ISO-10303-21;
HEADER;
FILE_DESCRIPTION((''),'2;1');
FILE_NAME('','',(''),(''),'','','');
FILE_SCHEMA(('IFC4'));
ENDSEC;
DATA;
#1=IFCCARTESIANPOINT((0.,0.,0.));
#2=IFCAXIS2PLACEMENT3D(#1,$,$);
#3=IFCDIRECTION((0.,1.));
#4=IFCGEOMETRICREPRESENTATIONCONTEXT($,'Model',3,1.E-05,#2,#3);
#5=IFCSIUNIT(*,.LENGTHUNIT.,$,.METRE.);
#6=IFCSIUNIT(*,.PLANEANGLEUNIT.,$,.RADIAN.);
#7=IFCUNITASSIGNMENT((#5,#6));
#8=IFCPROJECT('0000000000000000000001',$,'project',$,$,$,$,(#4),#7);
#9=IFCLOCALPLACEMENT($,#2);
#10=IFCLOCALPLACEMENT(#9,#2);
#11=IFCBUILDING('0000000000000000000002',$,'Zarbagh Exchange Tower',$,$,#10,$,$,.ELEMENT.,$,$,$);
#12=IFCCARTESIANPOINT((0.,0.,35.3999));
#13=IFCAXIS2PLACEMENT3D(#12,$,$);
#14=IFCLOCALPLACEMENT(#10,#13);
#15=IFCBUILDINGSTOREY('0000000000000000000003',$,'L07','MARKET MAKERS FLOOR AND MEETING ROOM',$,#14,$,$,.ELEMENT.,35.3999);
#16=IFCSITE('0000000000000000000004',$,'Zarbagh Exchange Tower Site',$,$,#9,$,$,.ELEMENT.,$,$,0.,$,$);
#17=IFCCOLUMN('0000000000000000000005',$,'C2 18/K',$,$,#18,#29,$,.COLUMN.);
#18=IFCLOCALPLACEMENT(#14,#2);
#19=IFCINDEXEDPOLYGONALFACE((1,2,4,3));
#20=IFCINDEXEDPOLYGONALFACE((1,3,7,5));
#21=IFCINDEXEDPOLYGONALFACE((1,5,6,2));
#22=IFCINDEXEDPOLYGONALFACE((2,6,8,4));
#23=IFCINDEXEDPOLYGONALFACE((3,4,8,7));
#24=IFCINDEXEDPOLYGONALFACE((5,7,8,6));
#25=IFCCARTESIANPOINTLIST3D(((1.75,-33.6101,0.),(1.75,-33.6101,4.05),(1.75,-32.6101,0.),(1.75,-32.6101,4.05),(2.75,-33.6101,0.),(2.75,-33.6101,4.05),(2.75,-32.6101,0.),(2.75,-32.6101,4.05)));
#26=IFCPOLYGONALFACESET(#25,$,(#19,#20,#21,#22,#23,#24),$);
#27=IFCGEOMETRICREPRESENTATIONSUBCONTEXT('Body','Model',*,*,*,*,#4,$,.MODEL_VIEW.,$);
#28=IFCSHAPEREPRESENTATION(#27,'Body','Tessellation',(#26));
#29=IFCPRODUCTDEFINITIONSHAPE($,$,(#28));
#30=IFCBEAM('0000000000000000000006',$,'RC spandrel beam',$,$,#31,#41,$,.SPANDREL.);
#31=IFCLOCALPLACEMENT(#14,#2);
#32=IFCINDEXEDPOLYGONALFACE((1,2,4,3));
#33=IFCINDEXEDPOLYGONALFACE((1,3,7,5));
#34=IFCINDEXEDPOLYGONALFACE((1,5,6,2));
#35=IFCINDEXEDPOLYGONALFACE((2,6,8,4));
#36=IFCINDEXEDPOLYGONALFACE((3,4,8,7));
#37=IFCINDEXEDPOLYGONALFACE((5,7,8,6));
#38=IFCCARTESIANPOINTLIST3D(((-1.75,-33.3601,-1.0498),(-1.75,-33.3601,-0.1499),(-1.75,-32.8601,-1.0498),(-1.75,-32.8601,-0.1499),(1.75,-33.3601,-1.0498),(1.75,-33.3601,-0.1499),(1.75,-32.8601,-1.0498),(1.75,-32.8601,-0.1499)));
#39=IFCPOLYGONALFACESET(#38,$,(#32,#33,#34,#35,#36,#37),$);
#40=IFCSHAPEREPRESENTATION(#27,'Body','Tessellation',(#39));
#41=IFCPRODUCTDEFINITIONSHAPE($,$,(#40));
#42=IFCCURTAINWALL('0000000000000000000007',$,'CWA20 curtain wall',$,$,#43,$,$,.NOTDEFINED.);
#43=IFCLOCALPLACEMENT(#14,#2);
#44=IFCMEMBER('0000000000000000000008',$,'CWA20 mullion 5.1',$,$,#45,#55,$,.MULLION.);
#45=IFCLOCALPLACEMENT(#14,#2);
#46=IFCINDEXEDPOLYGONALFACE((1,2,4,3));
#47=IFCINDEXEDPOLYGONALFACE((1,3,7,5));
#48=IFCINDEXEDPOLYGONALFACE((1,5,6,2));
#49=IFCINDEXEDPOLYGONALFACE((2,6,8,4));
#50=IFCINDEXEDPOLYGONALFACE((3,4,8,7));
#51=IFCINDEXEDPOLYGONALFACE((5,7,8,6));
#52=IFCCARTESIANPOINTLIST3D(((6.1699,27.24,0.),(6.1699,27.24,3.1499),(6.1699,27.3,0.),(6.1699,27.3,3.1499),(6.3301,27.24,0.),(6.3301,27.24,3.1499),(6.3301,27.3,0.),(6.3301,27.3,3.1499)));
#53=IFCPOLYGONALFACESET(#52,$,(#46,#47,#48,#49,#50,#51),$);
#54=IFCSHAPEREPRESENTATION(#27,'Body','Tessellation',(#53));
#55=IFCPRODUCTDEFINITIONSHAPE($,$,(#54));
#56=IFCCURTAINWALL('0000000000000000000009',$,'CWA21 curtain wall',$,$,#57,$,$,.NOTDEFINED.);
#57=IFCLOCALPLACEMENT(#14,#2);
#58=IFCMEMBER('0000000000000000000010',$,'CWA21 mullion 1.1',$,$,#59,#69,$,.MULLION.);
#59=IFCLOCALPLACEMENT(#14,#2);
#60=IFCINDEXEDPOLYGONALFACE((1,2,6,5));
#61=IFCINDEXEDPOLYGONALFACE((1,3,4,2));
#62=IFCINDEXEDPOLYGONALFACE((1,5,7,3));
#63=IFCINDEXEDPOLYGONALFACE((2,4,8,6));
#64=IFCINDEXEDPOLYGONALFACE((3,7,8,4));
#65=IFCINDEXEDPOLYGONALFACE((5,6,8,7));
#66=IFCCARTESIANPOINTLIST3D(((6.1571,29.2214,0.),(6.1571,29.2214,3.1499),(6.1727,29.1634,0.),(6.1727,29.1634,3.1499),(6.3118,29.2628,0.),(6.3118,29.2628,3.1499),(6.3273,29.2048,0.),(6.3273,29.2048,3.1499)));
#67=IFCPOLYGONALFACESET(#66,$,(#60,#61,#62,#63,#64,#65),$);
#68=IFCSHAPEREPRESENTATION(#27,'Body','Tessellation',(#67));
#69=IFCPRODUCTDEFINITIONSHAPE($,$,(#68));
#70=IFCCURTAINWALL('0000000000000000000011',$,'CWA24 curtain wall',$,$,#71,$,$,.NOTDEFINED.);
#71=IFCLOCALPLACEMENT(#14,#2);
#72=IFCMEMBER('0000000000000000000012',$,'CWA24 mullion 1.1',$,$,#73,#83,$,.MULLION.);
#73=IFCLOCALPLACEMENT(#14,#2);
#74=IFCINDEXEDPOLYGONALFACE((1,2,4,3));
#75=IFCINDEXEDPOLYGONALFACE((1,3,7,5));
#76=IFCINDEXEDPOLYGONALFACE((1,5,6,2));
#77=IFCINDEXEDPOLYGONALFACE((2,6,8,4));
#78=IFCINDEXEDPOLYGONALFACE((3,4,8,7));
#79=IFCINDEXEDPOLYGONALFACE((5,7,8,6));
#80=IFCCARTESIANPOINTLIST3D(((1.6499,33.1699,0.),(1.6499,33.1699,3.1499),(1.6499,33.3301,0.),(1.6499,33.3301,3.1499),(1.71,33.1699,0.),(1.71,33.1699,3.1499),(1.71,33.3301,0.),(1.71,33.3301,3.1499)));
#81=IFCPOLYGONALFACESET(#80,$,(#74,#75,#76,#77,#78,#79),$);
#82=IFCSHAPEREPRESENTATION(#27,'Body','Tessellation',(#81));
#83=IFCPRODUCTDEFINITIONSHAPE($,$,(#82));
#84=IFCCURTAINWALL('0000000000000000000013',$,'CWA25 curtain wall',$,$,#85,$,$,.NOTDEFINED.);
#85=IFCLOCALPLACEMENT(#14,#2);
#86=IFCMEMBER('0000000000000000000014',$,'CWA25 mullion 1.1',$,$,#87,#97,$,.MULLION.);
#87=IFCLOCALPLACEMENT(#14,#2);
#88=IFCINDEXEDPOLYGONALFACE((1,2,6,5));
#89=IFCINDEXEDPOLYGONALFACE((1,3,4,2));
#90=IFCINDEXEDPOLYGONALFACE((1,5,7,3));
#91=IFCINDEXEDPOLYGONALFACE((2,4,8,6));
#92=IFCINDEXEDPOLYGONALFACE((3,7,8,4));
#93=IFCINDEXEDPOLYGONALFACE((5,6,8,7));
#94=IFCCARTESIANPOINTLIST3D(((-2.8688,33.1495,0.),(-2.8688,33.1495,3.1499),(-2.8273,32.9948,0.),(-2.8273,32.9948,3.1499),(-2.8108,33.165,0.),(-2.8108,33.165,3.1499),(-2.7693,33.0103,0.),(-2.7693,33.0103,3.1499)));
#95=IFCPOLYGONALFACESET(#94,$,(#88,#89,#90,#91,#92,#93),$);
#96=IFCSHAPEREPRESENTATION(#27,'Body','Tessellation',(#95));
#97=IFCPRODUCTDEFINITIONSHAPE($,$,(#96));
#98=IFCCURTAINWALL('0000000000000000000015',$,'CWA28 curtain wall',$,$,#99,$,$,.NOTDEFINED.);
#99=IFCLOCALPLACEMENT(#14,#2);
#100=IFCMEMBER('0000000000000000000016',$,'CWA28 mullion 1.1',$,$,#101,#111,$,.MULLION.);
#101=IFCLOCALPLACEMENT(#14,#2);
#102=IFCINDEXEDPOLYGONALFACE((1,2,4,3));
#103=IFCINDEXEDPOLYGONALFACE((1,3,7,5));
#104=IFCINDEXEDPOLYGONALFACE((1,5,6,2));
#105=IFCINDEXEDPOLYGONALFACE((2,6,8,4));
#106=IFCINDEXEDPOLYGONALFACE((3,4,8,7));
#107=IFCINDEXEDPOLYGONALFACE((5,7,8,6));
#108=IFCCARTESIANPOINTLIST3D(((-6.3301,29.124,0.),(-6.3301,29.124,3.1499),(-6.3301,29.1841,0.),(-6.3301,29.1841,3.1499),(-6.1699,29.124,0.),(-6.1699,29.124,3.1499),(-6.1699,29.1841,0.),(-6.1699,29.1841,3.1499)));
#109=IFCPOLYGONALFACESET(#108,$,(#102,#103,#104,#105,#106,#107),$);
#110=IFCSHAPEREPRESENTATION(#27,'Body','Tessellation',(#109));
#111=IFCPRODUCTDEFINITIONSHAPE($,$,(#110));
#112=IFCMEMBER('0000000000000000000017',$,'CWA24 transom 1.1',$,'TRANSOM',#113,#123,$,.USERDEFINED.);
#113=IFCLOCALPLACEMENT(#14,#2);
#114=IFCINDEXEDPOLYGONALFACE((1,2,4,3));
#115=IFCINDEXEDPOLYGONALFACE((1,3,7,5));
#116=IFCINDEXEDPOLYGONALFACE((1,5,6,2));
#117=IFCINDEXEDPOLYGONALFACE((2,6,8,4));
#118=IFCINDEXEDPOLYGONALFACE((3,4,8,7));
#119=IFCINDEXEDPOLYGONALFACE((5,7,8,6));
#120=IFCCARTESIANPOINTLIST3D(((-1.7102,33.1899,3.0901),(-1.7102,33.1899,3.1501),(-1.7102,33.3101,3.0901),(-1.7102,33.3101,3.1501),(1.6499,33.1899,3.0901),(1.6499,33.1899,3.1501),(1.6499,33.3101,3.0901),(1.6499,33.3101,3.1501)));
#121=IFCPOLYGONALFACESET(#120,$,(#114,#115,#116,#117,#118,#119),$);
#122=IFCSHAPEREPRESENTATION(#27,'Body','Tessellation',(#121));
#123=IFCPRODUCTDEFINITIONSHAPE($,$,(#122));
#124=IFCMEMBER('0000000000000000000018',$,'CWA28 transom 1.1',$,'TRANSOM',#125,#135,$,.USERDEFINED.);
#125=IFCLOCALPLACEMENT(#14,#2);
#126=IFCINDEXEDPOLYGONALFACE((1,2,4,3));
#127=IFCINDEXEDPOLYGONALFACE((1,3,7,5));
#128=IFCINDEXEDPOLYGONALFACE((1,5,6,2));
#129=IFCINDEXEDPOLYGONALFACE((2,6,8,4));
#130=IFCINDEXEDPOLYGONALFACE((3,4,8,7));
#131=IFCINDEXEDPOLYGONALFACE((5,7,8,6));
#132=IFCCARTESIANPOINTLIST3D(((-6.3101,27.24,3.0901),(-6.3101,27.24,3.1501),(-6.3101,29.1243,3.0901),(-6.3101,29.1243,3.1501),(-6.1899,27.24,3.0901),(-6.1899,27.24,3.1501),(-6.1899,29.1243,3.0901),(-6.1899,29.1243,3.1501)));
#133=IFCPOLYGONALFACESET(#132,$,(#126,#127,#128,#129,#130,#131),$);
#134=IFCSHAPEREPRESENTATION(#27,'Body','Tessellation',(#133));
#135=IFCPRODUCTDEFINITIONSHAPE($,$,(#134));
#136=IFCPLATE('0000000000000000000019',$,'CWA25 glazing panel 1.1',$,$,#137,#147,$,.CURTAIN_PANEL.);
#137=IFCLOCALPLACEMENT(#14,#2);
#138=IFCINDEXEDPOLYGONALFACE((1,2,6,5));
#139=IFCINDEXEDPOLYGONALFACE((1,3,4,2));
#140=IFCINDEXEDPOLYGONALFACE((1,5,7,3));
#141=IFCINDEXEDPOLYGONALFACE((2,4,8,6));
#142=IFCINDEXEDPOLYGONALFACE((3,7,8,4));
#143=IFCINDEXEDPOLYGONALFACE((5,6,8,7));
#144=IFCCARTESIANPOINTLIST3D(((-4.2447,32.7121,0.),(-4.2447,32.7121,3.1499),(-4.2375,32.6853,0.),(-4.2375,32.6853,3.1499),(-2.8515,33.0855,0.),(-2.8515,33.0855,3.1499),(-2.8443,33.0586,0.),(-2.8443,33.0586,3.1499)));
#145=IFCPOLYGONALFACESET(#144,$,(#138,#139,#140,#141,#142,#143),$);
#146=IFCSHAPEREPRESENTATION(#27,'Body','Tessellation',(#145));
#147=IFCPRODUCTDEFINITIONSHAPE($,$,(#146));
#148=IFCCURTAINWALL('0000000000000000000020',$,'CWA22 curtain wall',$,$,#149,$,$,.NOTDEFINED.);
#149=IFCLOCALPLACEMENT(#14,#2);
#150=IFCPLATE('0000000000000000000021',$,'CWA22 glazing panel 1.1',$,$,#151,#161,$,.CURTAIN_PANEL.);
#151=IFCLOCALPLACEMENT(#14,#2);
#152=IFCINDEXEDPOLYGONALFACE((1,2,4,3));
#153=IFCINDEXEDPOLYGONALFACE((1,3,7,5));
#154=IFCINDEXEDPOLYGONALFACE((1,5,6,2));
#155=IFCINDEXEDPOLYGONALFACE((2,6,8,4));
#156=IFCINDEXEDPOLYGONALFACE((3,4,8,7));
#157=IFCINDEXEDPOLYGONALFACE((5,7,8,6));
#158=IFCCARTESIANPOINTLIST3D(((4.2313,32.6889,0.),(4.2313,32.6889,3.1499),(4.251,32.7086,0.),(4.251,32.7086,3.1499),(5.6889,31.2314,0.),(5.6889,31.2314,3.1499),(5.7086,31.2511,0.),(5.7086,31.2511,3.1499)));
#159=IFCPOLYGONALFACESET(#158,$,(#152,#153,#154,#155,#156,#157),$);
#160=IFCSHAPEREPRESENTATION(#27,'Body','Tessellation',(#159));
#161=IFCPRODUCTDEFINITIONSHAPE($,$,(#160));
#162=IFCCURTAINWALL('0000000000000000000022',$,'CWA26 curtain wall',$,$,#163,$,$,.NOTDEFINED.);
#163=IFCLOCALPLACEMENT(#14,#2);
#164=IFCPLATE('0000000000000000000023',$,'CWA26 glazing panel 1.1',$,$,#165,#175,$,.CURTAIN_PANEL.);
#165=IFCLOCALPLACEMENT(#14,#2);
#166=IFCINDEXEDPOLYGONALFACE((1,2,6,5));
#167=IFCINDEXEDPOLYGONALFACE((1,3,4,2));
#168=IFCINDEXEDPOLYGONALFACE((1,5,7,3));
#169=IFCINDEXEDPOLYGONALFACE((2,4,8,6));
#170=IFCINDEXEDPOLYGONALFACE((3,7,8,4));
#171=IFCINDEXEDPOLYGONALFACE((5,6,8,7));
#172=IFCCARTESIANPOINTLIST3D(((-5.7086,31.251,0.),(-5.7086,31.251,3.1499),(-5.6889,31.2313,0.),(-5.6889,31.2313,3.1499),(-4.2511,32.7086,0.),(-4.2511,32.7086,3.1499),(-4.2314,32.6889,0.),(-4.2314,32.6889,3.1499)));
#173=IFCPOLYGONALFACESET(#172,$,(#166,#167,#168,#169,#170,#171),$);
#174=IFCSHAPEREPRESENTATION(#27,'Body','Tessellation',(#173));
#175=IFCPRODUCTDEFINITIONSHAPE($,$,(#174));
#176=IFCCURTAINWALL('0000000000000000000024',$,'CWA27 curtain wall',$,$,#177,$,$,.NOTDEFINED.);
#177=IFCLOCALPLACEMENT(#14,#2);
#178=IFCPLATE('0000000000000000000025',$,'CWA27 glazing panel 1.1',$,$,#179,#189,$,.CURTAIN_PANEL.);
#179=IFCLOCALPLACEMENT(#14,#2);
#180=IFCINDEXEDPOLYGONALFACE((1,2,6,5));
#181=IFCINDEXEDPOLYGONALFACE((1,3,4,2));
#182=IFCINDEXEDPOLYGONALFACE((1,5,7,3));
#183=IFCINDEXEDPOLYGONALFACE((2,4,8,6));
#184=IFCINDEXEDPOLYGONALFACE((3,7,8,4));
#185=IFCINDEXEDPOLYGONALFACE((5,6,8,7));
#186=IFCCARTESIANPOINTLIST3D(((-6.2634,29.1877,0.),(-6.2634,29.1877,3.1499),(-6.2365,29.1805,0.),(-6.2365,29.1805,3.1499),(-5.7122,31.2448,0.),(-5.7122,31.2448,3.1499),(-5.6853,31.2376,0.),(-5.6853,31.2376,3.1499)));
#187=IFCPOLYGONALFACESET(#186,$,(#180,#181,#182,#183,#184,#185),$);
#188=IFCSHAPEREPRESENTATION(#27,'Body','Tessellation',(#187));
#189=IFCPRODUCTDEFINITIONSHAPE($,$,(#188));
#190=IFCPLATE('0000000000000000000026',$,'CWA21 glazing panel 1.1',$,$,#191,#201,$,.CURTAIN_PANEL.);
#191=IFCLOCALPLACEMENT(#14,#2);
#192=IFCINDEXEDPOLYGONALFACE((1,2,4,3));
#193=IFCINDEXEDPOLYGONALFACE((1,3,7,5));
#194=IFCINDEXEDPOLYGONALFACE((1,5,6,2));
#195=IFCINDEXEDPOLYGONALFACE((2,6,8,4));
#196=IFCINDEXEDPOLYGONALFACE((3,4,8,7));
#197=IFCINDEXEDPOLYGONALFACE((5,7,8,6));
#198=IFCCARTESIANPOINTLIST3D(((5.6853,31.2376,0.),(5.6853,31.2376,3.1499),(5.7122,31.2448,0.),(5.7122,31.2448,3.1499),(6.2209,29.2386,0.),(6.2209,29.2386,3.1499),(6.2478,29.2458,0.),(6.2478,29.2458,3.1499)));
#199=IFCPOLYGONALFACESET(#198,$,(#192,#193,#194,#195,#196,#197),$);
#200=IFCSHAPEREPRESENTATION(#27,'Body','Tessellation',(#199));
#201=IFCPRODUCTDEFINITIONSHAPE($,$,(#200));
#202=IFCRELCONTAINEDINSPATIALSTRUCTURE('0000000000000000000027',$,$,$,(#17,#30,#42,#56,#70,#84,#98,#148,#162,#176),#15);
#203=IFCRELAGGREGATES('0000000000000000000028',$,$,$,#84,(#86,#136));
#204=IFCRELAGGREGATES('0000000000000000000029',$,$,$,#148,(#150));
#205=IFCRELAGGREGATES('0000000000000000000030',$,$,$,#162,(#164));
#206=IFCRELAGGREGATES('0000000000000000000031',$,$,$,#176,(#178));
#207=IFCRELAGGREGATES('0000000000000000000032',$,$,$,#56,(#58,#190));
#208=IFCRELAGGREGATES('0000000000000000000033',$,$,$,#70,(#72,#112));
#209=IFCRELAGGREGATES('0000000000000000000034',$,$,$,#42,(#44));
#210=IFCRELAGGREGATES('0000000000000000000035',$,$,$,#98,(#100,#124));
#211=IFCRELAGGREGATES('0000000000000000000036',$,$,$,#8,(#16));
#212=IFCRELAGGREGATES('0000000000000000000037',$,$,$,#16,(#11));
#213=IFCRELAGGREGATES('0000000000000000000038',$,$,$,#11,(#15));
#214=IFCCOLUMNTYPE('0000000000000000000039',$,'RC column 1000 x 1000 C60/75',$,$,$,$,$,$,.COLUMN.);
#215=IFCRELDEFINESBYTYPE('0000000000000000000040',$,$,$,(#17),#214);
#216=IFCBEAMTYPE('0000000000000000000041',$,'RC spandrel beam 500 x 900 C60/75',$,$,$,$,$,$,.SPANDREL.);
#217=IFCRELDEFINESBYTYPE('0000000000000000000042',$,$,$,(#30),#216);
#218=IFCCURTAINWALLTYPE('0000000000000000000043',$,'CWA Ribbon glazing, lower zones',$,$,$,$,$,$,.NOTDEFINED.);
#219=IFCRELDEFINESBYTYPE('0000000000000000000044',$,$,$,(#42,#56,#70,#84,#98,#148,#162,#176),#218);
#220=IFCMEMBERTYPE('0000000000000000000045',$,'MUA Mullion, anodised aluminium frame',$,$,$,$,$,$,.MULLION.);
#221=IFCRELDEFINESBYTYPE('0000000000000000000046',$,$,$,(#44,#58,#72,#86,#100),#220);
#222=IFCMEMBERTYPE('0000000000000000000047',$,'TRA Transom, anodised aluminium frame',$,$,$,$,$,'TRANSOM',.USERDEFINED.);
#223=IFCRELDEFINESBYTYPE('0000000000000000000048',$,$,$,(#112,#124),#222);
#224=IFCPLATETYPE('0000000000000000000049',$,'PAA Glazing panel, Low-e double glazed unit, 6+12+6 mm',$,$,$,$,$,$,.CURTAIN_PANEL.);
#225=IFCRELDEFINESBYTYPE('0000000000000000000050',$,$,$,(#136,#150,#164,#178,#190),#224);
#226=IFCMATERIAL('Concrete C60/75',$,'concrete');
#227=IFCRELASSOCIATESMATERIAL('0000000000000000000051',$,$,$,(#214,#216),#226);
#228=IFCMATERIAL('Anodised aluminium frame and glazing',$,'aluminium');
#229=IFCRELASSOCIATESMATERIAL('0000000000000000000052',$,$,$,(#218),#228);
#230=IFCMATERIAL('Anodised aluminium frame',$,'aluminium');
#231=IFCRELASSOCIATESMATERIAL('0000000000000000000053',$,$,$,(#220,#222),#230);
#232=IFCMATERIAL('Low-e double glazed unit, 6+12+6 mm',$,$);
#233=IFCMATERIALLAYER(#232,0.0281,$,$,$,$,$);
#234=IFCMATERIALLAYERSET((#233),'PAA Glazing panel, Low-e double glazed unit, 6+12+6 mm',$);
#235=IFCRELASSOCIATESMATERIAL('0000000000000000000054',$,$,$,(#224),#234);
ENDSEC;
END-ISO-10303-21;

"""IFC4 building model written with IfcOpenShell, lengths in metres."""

from ifc_helpers import new_model, si_unit, direction, frame, origin, origin_2d, place, context, subcontext, project, spatial, polyline, rectangle, outline, extrude, source, transform, mapped, material, layer, layer_set, material_profile, profile_set, type_object, element, aggregate, save


model = new_model("IFC4")

# Units and contexts
model_context = context("Model", 3, precision=1e-05, world=origin(), true_north=direction((0.0, 1.0)))
body_context = subcontext(model_context, "Body", "Model", "MODEL_VIEW")
ifc_project = project(units=[si_unit("LENGTHUNIT", "METRE"), si_unit("PLANEANGLEUNIT", "RADIAN")], contexts=[model_context])

# Site, building, storey
site_placement = place(None, origin())
site = spatial("IfcSite", under=ifc_project, at=site_placement, Name="Zarbagh Exchange Tower Site", CompositionType="ELEMENT", RefElevation=0.0)
building_placement = place(site_placement, origin())
building = spatial("IfcBuilding", under=site, at=building_placement, Name="Zarbagh Exchange Tower", CompositionType="ELEMENT")
storey_placement = place(building_placement, frame((0.0, 0.0, 35.3999)))
storey = spatial("IfcBuildingStorey", under=building, at=storey_placement, Name="L07", Description="MARKET MAKERS FLOOR AND MEETING ROOM", CompositionType="ELEMENT", Elevation=35.3999)

# Column
ifc_material_1 = material(Name="Concrete C60/75", Category="concrete")
ifc_material_profile_1 = material_profile(ifc_material_1, rectangle(XDim=1.0, YDim=1.0, at=origin_2d()), Name="RC column 1000 x 1000 C60/75")
ifc_profile_set_1 = profile_set([ifc_material_profile_1], Name="Concrete C60/75")
column_type = type_object("IfcColumnType", Name="RC column 1000 x 1000 C60/75", PredefinedType="COLUMN", material=ifc_profile_set_1)
column_placement = place(storey_placement, frame((2.25, -33.1101, 0.0), z_axis=(0.0, 0.0, 1.0), x_axis=(1.0, 0.0, 0.0)))
element("IfcColumn", 1, at=column_placement, inside=storey, type_object=column_type, Name="C2 18/K", PredefinedType="COLUMN", context=body_context, shape_type="SweptSolid", body=[
    extrude(rectangle(XDim=1.0, YDim=1.0, at=origin_2d()), origin(), (0.0, 0.0, 1.0), 4.05),
])

# Beam
ifc_material_profile_2 = material_profile(ifc_material_1, rectangle(XDim=0.5, YDim=0.8999, at=origin_2d()), Name="RC spandrel beam 500 x 900 C60/75")
ifc_profile_set_2 = profile_set([ifc_material_profile_2], Name="Concrete C60/75")
beam_type = type_object("IfcBeamType", Name="RC spandrel beam 500 x 900 C60/75", PredefinedType="SPANDREL", material=ifc_profile_set_2)
beam_placement = place(storey_placement, frame((1.75, -33.1101, -0.5999), z_axis=(-1.0, 0.0, 0.0), x_axis=(0.0, -1.0, 0.0)))
element("IfcBeam", 2, at=beam_placement, inside=storey, type_object=beam_type, Name="RC spandrel beam", PredefinedType="SPANDREL", context=body_context, shape_type="SweptSolid", body=[
    extrude(rectangle(XDim=0.5, YDim=0.8999, at=origin_2d()), origin(), (0.0, 0.0, 1.0), 3.5),
])

# Curtain walls, members
ifc_material_2 = material(Name="Anodised aluminium frame and glazing", Category="aluminium")
curtain_wall_type = type_object("IfcCurtainWallType", Name="CWA Ribbon glazing, lower zones", PredefinedType="NOTDEFINED", material=ifc_material_2)
curtain_wall_1_placement = place(storey_placement, origin())
curtain_wall_1 = element("IfcCurtainWall", 3, at=curtain_wall_1_placement, inside=storey, type_object=curtain_wall_type, Name="CWA20 curtain wall", PredefinedType="NOTDEFINED")
ifc_material_3 = material(Name="Anodised aluminium frame", Category="aluminium")
member_type_1 = type_object("IfcMemberType", Name="MUA Mullion, anodised aluminium frame", PredefinedType="MULLION", material=ifc_material_3)
shared_shape_1 = source(origin(), body_context, "Body", "SweptSolid", [
    extrude(outline(polyline([(0.0, -0.0801), (0.0601, -0.0801), (0.0601, 0.0801), (0.0, 0.0801), (0.0, -0.0801)])), origin(), (0.0, 0.0, 1.0), 3.1499),
])
placement = place(storey_placement, origin())
member_1 = element("IfcMember", 4, at=placement, type_object=member_type_1, Name="CWA20 mullion 5.1", PredefinedType="MULLION", context=body_context, shape_type="MappedRepresentation", body=[
    mapped(shared_shape_1, transform((6.25, 27.24, 0.0), x_axis=(0.0, 1.0, 0.0), y_axis=(-1.0, 0.0, 0.0), z_axis=(0.0, 0.0, 1.0))),
])
curtain_wall_2_placement = place(storey_placement, origin())
curtain_wall_2 = element("IfcCurtainWall", 5, at=curtain_wall_2_placement, inside=storey, type_object=curtain_wall_type, Name="CWA21 curtain wall", PredefinedType="NOTDEFINED")
member_2 = element("IfcMember", 6, at=placement, type_object=member_type_1, Name="CWA21 mullion 1.1", PredefinedType="MULLION", context=body_context, shape_type="MappedRepresentation", body=[
    mapped(shared_shape_1, transform((6.25, 29.1841, 0.0), x_axis=(-0.258825, 0.965924, 0.0), y_axis=(-0.965924, -0.258825, 0.0), z_axis=(0.0, 0.0, 1.0))),
])
curtain_wall_3_placement = place(storey_placement, origin())
curtain_wall_3 = element("IfcCurtainWall", 7, at=curtain_wall_3_placement, inside=storey, type_object=curtain_wall_type, Name="CWA24 curtain wall", PredefinedType="NOTDEFINED")
member_3 = element("IfcMember", 8, at=placement, type_object=member_type_1, Name="CWA24 mullion 1.1", PredefinedType="MULLION", context=body_context, shape_type="MappedRepresentation", body=[
    mapped(shared_shape_1, transform((1.71, 33.25, 0.0), x_axis=(-1.0, 0.0, 0.0), y_axis=(0.0, -1.0, 0.0), z_axis=(0.0, 0.0, 1.0))),
])
curtain_wall_4_placement = place(storey_placement, origin())
curtain_wall_4 = element("IfcCurtainWall", 9, at=curtain_wall_4_placement, inside=storey, type_object=curtain_wall_type, Name="CWA25 curtain wall", PredefinedType="NOTDEFINED")
member_4 = element("IfcMember", 10, at=placement, type_object=member_type_1, Name="CWA25 mullion 1.1", PredefinedType="MULLION", context=body_context, shape_type="MappedRepresentation", body=[
    mapped(shared_shape_1, transform((-2.79, 33.0876, 0.0), x_axis=(-0.965924, -0.258825, 0.0), y_axis=(0.258825, -0.965924, 0.0), z_axis=(0.0, 0.0, 1.0))),
])
curtain_wall_5_placement = place(storey_placement, origin())
curtain_wall_5 = element("IfcCurtainWall", 11, at=curtain_wall_5_placement, inside=storey, type_object=curtain_wall_type, Name="CWA28 curtain wall", PredefinedType="NOTDEFINED")
member_5 = element("IfcMember", 12, at=placement, type_object=member_type_1, Name="CWA28 mullion 1.1", PredefinedType="MULLION", context=body_context, shape_type="MappedRepresentation", body=[
    mapped(shared_shape_1, transform((-6.25, 29.1841, 0.0), x_axis=(0.0, -1.0, 0.0), y_axis=(1.0, 0.0, 0.0), z_axis=(0.0, 0.0, 1.0))),
])

# Members
member_type_2 = type_object("IfcMemberType", Name="TRA Transom, anodised aluminium frame", ElementType="TRANSOM", PredefinedType="USERDEFINED", material=ifc_material_3)
shared_shape_2 = source(origin(), body_context, "Body", "SweptSolid", [
    extrude(outline(polyline([(-0.0601, -0.0601), (0.0, -0.0601), (0.0, 0.0601), (-0.0601, 0.0601), (-0.0601, -0.0601)])), origin(), (0.0, 0.0, 1.0), 3.3601),
])
member_6 = element("IfcMember", 13, at=placement, type_object=member_type_2, Name="CWA24 transom 1.1", ObjectType="TRANSOM", PredefinedType="USERDEFINED", context=body_context, shape_type="MappedRepresentation", body=[
    mapped(shared_shape_2, transform((1.6499, 33.25, 3.1501), x_axis=(0.0, 0.0, 1.0), y_axis=(0.0, 1.0, 0.0), z_axis=(-1.0, 0.0, 0.0))),
])
shared_shape_3 = source(origin(), body_context, "Body", "SweptSolid", [
    extrude(outline(polyline([(-0.0601, -0.0601), (0.0, -0.0601), (0.0, 0.0601), (-0.0601, 0.0601), (-0.0601, -0.0601)])), origin(), (0.0, 0.0, 1.0), 1.8843),
])
member_7 = element("IfcMember", 14, at=placement, type_object=member_type_2, Name="CWA28 transom 1.1", ObjectType="TRANSOM", PredefinedType="USERDEFINED", context=body_context, shape_type="MappedRepresentation", body=[
    mapped(shared_shape_3, transform((-6.25, 29.1243, 3.1501), x_axis=(0.0, 0.0, 1.0), y_axis=(-1.0, 0.0, 0.0), z_axis=(0.0, -1.0, 0.0))),
])

# Plate
ifc_material_4 = material(Name="Low-e double glazed unit, 6+12+6 mm")
ifc_layer_1 = layer(ifc_material_4, 0.0281)
ifc_layer_set_1 = layer_set([ifc_layer_1], Name="PAA Glazing panel, Low-e double glazed unit, 6+12+6 mm")
plate_type = type_object("IfcPlateType", Name="PAA Glazing panel, Low-e double glazed unit, 6+12+6 mm", PredefinedType="CURTAIN_PANEL", material=ifc_layer_set_1)
shared_shape_4 = source(origin(), body_context, "Body", "SweptSolid", [
    extrude(outline(polyline([(0.0, -0.0139), (1.4424, -0.0139), (1.4424, 0.0139), (0.0, 0.0139), (0.0, -0.0139)])), origin(), (0.0, 0.0, 1.0), 3.1499),
])
plate_1 = element("IfcPlate", 15, at=placement, type_object=plate_type, Name="CWA25 glazing panel 1.1", PredefinedType="CURTAIN_PANEL", context=body_context, shape_type="MappedRepresentation", body=[
    mapped(shared_shape_4, transform((-2.8479, 33.072, 0.0), x_axis=(-0.965924, -0.258825, 0.0), y_axis=(0.258825, -0.965924, 0.0), z_axis=(0.0, 0.0, 1.0))),
])
aggregate(curtain_wall_4, [member_4, plate_1])

# Curtain walls, plates
curtain_wall_6_placement = place(storey_placement, origin())
curtain_wall_6 = element("IfcCurtainWall", 16, at=curtain_wall_6_placement, inside=storey, type_object=curtain_wall_type, Name="CWA22 curtain wall", PredefinedType="NOTDEFINED")
shared_shape_5 = source(origin(), body_context, "Body", "SweptSolid", [
    extrude(outline(polyline([(0.0, -0.0139), (2.0613, -0.0139), (2.0613, 0.0139), (0.0, 0.0139), (0.0, -0.0139)])), origin(), (0.0, 0.0, 1.0), 3.1499),
])
plate_2 = element("IfcPlate", 17, at=placement, type_object=plate_type, Name="CWA22 glazing panel 1.1", PredefinedType="CURTAIN_PANEL", context=body_context, shape_type="MappedRepresentation", body=[
    mapped(shared_shape_5, transform((5.6987, 31.2412, 0.0), x_axis=(-0.707107, 0.707107, 0.0), y_axis=(-0.707107, -0.707107, 0.0), z_axis=(0.0, 0.0, 1.0))),
])
aggregate(curtain_wall_6, [plate_2])
curtain_wall_7_placement = place(storey_placement, origin())
curtain_wall_7 = element("IfcCurtainWall", 18, at=curtain_wall_7_placement, inside=storey, type_object=curtain_wall_type, Name="CWA26 curtain wall", PredefinedType="NOTDEFINED")
plate_3 = element("IfcPlate", 19, at=placement, type_object=plate_type, Name="CWA26 glazing panel 1.1", PredefinedType="CURTAIN_PANEL", context=body_context, shape_type="MappedRepresentation", body=[
    mapped(shared_shape_5, transform((-4.2412, 32.6987, 0.0), x_axis=(-0.707107, -0.707107, 0.0), y_axis=(0.707107, -0.707107, 0.0), z_axis=(0.0, 0.0, 1.0))),
])
aggregate(curtain_wall_7, [plate_3])
curtain_wall_8_placement = place(storey_placement, origin())
curtain_wall_8 = element("IfcCurtainWall", 20, at=curtain_wall_8_placement, inside=storey, type_object=curtain_wall_type, Name="CWA27 curtain wall", PredefinedType="NOTDEFINED")
shared_shape_6 = source(origin(), body_context, "Body", "SweptSolid", [
    extrude(outline(polyline([(0.0, -0.0139), (2.1296, -0.0139), (2.1296, 0.0139), (0.0, 0.0139), (0.0, -0.0139)])), origin(), (0.0, 0.0, 1.0), 3.1499),
])
plate_4 = element("IfcPlate", 21, at=placement, type_object=plate_type, Name="CWA27 glazing panel 1.1", PredefinedType="CURTAIN_PANEL", context=body_context, shape_type="MappedRepresentation", body=[
    mapped(shared_shape_6, transform((-5.6987, 31.2412, 0.0), x_axis=(-0.258825, -0.965924, 0.0), y_axis=(0.965924, -0.258825, 0.0), z_axis=(0.0, 0.0, 1.0))),
])
aggregate(curtain_wall_8, [plate_4])

# Plate
shared_shape_7 = source(origin(), body_context, "Body", "SweptSolid", [
    extrude(outline(polyline([(0.0, -0.0139), (2.0696, -0.0139), (2.0696, 0.0139), (0.0, 0.0139), (0.0, -0.0139)])), origin(), (0.0, 0.0, 1.0), 3.1499),
])
plate_5 = element("IfcPlate", 22, at=placement, type_object=plate_type, Name="CWA21 glazing panel 1.1", PredefinedType="CURTAIN_PANEL", context=body_context, shape_type="MappedRepresentation", body=[
    mapped(shared_shape_7, transform((6.2344, 29.2422, 0.0), x_axis=(-0.258825, 0.965924, 0.0), y_axis=(-0.965924, -0.258825, 0.0), z_axis=(0.0, 0.0, 1.0))),
])
aggregate(curtain_wall_2, [member_2, plate_5])

aggregate(curtain_wall_3, [member_3, member_6])
aggregate(curtain_wall_1, [member_1])
aggregate(curtain_wall_5, [member_5, member_7])

save(model, "model.ifc")
